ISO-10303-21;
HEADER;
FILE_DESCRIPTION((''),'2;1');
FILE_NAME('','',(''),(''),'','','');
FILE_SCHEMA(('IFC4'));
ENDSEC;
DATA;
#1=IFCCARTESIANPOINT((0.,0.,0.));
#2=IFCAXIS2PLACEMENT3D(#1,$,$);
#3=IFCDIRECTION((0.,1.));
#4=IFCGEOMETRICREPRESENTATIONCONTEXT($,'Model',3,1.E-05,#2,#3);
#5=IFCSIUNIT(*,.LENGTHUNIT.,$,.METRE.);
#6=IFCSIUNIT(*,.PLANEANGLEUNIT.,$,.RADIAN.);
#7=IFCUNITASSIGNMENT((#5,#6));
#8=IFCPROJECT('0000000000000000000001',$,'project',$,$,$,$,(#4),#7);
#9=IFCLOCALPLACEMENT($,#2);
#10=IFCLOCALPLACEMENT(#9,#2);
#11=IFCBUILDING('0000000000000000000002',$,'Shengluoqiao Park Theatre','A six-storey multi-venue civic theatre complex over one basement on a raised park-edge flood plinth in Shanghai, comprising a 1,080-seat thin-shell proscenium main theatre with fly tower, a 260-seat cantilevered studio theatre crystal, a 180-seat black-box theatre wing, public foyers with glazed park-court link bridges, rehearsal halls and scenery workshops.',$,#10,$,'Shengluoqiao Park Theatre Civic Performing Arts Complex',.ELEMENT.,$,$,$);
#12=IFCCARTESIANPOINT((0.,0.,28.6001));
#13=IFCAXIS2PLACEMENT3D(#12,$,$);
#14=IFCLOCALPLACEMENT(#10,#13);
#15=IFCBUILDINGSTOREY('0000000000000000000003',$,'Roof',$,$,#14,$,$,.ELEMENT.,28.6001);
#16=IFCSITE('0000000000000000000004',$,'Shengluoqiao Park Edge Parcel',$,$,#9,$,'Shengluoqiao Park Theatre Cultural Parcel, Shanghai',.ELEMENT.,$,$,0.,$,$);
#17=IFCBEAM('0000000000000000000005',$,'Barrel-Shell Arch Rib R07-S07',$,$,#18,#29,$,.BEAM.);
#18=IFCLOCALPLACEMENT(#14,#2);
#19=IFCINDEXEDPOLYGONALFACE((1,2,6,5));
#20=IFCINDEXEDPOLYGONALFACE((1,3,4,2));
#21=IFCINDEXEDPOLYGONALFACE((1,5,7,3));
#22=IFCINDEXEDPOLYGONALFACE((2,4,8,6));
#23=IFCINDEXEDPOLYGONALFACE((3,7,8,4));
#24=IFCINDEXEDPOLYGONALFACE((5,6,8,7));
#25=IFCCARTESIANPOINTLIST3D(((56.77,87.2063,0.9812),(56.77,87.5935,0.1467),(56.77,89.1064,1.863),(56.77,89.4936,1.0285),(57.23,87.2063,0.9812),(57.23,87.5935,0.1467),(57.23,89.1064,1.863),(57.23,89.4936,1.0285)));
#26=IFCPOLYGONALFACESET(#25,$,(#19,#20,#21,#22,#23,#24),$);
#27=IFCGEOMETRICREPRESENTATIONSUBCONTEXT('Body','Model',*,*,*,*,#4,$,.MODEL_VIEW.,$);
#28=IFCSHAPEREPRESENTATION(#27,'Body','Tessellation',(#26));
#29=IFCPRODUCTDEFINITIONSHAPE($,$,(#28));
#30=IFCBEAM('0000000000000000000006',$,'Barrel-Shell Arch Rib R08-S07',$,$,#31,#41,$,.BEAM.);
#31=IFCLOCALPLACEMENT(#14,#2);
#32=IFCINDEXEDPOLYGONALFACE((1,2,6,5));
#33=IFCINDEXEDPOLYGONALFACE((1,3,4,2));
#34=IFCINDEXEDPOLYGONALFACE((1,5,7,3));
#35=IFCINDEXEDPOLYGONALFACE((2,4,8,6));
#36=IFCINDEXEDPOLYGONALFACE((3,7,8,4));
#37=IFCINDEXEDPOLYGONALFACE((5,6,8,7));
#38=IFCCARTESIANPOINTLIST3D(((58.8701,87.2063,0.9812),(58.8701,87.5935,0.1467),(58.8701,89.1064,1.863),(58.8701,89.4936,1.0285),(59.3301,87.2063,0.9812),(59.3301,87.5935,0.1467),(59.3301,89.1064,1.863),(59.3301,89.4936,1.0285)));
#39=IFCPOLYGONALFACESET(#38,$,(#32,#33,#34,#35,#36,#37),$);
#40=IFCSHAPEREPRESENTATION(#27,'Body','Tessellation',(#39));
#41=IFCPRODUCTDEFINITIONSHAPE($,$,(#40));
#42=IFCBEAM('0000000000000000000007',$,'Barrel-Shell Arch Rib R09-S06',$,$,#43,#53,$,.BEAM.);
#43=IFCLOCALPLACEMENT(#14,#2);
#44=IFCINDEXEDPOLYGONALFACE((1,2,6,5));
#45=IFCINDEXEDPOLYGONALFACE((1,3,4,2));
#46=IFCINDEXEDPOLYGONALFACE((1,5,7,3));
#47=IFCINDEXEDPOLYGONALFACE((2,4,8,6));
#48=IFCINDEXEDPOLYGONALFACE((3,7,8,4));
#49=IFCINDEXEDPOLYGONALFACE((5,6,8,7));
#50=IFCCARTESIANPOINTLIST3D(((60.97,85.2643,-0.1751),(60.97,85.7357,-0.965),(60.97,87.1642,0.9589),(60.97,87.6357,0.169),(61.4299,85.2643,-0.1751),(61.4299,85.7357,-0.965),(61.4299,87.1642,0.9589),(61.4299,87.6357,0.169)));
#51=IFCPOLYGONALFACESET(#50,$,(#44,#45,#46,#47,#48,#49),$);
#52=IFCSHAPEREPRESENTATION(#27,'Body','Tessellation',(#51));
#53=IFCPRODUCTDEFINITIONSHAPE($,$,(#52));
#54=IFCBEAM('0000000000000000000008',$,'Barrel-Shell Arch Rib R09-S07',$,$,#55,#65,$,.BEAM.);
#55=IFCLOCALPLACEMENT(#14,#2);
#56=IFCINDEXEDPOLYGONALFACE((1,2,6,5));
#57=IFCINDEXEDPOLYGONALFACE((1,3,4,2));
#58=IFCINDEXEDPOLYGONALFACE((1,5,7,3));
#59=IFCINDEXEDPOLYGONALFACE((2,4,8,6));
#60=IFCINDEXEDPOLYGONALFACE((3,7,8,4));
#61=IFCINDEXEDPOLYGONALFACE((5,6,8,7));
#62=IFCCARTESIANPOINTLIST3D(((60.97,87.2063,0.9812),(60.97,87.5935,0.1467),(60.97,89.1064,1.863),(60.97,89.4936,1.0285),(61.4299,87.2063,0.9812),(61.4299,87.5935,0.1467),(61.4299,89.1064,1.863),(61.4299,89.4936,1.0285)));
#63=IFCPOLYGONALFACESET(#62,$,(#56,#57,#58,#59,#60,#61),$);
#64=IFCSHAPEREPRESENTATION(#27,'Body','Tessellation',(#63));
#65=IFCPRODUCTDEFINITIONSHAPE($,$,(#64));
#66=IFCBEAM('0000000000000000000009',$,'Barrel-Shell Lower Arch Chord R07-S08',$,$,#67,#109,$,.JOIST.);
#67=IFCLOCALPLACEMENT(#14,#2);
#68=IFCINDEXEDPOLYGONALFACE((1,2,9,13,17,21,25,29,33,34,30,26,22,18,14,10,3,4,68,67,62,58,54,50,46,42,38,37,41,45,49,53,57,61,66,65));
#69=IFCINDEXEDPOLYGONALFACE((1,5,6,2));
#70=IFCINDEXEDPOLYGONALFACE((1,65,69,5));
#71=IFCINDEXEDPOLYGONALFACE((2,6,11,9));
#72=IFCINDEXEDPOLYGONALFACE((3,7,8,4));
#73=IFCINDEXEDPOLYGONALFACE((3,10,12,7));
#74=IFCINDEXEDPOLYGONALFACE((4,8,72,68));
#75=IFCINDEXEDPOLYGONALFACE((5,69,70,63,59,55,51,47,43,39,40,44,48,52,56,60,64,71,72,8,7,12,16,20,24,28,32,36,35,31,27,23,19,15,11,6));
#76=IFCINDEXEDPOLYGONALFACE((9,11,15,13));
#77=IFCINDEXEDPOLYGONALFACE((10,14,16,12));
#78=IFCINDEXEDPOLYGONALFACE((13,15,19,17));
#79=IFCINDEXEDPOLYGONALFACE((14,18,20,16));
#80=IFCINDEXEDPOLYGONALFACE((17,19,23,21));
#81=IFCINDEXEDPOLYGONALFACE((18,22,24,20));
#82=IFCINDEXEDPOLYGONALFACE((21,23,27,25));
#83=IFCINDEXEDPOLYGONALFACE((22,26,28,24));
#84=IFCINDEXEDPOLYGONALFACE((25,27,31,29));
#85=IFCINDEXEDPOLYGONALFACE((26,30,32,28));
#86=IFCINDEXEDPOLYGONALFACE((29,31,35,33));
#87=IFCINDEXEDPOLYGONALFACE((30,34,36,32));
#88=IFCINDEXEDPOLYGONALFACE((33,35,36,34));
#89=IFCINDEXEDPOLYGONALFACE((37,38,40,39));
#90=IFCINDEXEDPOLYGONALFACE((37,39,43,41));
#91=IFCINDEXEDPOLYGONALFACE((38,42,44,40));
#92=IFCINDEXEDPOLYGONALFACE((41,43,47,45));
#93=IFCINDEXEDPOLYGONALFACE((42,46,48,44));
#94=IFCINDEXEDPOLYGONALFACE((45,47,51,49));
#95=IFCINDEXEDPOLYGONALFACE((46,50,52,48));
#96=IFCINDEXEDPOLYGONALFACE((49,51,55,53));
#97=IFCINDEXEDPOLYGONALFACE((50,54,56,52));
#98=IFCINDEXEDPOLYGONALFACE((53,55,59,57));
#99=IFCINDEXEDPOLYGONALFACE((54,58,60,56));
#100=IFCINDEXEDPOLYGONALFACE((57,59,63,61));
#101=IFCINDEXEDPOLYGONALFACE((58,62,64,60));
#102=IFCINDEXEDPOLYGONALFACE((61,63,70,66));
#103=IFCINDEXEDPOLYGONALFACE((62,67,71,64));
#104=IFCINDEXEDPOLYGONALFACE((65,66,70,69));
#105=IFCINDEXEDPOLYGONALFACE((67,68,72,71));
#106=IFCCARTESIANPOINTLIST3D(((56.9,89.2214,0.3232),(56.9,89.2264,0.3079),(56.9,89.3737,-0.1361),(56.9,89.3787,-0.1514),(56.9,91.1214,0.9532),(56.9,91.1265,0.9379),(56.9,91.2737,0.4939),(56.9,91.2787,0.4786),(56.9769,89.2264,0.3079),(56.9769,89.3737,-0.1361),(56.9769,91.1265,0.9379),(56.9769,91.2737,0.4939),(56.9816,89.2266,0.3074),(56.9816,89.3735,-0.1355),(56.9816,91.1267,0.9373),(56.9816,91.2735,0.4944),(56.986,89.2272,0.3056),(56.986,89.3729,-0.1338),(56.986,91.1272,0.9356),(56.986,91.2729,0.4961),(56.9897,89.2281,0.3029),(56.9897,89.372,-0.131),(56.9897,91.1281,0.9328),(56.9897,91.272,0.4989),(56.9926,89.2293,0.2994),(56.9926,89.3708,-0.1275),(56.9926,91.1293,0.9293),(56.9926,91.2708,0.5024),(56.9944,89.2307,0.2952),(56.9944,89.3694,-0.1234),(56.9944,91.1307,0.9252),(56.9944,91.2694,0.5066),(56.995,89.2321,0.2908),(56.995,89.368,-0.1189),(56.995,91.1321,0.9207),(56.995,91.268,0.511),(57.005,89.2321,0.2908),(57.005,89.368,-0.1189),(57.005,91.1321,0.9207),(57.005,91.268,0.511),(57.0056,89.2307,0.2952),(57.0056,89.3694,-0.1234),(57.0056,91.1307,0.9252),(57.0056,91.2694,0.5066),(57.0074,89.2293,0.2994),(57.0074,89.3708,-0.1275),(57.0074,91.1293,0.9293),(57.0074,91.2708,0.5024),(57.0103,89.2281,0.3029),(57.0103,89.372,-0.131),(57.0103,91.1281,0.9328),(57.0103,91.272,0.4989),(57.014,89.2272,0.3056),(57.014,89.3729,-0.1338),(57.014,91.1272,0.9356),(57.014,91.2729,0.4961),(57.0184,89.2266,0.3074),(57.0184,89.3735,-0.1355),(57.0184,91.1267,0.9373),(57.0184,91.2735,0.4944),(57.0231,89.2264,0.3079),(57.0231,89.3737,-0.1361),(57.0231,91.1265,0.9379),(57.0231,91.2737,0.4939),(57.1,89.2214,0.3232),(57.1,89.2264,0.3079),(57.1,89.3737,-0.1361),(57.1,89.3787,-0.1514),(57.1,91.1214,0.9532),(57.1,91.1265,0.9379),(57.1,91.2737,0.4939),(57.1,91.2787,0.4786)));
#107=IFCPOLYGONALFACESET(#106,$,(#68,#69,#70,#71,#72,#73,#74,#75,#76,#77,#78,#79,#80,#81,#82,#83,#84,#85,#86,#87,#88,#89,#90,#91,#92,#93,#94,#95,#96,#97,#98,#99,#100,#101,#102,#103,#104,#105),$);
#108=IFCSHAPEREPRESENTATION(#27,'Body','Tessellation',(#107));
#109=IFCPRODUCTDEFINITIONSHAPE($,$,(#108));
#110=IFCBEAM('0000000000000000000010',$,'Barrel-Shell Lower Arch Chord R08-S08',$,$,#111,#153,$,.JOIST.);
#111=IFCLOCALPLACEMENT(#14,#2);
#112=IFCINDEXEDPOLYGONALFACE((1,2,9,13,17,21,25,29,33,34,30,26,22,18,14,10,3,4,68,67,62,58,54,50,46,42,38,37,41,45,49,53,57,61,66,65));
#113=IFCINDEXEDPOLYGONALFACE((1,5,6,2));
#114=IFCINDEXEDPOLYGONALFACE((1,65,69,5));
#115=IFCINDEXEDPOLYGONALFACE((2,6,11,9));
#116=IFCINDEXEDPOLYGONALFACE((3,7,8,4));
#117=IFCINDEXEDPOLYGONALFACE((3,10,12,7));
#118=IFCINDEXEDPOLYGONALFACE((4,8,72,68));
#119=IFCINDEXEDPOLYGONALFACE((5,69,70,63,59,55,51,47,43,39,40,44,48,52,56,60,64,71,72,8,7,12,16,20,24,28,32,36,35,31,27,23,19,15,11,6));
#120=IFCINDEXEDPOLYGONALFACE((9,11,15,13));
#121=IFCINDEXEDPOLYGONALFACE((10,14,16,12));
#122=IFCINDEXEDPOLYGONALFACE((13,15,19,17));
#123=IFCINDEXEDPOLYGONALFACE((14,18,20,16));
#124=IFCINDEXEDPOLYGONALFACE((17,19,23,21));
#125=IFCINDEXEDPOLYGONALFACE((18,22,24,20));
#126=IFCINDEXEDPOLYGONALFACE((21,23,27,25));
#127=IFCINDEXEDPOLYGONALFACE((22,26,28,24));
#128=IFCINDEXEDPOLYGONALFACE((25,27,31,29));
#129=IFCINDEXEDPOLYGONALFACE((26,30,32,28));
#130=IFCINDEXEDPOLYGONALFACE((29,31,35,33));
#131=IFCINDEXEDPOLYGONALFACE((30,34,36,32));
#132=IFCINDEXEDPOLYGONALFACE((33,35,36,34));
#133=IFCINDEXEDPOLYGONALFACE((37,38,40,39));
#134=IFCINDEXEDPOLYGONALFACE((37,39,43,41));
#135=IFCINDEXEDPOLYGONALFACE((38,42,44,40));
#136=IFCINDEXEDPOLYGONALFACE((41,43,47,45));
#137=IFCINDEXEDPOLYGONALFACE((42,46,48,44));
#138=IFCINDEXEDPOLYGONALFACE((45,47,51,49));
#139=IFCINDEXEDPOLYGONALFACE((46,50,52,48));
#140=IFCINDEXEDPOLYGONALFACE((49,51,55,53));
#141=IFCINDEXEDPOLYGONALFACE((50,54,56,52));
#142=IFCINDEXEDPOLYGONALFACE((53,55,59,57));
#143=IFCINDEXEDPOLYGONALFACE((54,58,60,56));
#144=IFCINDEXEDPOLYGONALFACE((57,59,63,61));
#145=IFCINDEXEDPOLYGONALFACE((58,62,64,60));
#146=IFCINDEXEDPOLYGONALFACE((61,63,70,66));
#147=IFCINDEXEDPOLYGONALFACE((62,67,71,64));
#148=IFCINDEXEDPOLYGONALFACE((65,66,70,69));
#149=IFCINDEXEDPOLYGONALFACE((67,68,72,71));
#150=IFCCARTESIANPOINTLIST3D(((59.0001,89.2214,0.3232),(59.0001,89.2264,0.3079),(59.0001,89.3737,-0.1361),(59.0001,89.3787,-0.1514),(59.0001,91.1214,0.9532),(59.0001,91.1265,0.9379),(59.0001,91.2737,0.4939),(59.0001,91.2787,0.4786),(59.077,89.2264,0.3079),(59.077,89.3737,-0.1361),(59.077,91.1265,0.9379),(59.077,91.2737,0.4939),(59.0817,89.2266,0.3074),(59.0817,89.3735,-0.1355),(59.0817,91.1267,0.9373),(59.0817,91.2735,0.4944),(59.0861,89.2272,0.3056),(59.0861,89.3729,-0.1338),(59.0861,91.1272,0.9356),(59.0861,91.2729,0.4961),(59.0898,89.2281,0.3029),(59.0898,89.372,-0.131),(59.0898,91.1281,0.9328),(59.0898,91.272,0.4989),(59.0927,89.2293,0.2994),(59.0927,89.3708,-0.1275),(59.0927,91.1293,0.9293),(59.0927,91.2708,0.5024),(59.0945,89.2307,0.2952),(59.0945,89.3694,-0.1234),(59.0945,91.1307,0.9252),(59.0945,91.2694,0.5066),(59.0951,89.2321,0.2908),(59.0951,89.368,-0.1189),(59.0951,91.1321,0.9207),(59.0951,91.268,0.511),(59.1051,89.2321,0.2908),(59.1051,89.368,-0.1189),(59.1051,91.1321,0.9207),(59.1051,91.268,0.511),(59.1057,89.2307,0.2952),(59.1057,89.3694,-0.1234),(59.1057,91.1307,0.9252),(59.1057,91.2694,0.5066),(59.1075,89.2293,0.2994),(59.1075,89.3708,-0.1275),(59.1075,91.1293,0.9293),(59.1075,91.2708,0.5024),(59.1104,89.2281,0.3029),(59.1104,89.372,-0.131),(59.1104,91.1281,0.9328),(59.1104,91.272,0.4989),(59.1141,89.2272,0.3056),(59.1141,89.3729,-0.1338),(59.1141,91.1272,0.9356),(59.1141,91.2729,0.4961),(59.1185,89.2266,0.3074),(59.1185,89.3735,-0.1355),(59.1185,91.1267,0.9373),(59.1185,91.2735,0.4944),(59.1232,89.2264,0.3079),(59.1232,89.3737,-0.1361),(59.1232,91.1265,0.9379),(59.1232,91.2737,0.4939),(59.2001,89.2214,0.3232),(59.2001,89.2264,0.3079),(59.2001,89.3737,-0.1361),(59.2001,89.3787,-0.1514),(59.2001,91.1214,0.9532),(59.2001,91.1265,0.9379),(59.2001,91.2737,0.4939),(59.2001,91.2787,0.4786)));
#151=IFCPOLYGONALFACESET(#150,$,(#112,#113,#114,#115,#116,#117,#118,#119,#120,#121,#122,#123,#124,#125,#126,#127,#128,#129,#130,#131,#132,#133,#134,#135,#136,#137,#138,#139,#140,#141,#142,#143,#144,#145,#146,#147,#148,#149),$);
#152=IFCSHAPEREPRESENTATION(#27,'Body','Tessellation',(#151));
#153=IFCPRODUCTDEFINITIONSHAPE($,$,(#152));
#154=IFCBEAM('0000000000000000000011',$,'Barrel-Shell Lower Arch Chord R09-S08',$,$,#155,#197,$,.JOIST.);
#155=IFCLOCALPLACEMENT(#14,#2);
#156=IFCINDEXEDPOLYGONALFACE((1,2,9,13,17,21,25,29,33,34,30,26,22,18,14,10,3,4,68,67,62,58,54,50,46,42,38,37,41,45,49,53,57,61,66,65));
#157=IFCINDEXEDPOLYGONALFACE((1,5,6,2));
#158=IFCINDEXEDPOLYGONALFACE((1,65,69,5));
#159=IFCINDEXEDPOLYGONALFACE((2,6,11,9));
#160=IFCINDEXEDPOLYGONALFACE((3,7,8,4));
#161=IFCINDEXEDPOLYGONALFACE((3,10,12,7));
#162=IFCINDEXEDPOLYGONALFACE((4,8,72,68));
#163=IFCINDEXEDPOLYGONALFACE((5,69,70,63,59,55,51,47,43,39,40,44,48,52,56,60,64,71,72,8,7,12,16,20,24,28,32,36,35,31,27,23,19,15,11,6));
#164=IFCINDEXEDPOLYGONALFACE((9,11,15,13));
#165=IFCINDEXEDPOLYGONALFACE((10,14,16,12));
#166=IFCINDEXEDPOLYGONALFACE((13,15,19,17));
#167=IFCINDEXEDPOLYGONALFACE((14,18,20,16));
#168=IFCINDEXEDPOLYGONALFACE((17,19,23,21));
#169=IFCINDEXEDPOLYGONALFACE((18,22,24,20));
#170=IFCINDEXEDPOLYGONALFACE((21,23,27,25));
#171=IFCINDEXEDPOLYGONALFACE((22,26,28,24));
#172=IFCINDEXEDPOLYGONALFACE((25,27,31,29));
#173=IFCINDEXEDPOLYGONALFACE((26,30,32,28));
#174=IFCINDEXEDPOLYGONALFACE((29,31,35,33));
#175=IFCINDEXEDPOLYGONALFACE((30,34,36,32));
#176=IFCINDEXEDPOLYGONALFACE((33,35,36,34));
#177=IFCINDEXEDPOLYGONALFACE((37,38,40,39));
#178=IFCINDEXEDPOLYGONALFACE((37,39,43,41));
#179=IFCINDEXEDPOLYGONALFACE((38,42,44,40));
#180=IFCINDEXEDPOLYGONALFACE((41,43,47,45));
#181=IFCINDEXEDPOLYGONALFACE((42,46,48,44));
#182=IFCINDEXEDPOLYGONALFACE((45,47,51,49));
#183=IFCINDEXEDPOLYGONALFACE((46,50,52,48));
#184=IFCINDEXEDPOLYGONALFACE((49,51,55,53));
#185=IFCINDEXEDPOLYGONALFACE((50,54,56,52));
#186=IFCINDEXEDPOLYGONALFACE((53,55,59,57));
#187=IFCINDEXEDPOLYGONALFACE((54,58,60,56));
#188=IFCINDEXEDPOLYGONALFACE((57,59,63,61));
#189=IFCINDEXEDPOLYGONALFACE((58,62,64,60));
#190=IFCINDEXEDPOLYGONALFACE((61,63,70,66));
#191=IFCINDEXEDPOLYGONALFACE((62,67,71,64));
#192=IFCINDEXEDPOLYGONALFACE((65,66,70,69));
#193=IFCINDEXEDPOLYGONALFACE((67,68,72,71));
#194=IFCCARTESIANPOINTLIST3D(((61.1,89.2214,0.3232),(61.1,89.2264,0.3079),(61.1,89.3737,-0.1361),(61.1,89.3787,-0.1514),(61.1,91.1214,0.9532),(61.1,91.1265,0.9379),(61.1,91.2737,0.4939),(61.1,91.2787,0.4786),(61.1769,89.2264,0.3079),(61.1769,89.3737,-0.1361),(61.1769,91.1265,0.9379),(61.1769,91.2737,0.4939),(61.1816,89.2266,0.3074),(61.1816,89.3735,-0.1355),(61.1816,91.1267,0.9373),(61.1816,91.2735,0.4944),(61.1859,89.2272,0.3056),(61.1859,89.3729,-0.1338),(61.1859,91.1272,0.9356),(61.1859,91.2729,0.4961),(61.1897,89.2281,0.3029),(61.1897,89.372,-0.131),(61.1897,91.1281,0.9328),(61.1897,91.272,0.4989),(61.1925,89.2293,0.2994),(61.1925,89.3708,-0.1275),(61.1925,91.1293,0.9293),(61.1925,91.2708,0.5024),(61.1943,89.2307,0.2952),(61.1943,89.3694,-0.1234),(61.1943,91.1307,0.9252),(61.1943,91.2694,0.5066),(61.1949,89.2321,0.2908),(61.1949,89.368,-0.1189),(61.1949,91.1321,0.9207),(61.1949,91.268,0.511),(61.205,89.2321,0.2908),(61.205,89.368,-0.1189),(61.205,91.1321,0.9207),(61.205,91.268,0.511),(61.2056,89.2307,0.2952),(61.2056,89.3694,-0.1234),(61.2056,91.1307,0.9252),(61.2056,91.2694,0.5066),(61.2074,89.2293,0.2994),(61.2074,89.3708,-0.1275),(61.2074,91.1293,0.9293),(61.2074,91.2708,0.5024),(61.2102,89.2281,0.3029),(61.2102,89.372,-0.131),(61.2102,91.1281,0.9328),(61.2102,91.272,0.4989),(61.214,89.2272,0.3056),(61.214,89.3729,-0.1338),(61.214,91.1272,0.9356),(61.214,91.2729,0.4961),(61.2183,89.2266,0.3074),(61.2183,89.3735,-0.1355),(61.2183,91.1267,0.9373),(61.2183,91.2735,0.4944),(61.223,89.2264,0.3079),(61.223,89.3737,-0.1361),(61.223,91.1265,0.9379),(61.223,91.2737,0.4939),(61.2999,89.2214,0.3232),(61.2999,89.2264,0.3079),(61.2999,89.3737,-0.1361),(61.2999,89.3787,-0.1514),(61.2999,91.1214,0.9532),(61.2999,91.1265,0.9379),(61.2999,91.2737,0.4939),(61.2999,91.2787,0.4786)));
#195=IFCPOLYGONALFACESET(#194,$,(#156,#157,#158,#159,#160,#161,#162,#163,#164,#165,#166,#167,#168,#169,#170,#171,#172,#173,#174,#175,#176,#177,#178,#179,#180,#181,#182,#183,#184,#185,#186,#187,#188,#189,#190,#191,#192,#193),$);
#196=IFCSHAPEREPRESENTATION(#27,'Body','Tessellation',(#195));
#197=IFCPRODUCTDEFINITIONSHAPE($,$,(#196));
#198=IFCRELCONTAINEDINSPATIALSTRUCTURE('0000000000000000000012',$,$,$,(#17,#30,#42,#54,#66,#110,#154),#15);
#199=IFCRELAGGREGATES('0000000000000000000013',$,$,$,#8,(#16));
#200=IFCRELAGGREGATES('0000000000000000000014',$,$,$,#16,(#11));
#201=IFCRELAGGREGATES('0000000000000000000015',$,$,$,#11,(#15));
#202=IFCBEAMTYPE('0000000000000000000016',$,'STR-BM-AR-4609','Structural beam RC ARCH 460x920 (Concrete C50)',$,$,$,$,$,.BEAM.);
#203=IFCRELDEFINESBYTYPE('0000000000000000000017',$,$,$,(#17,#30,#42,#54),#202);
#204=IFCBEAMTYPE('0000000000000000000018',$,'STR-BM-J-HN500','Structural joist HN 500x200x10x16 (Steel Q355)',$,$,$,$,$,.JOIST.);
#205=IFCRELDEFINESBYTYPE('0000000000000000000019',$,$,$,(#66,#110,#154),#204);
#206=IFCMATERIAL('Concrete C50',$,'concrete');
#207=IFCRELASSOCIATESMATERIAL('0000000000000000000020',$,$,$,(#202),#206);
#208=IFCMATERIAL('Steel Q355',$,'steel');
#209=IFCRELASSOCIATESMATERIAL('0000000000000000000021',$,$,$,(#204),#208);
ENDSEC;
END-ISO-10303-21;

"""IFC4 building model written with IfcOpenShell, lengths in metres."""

from ifc_helpers import new_model, si_unit, direction, frame, origin, origin_2d, place, context, subcontext, project, spatial, rectangle, i_section, extrude, material, material_profile, profile_set, type_object, element, save


model = new_model("IFC4")

# Units and contexts
model_context = context("Model", 3, precision=1e-05, world=origin(), true_north=direction((0.0, 1.0)))
body_context = subcontext(model_context, "Body", "Model", "MODEL_VIEW")
ifc_project = project(units=[si_unit("LENGTHUNIT", "METRE"), si_unit("PLANEANGLEUNIT", "RADIAN")], contexts=[model_context])

# Site, building, storey
site_placement = place(None, origin())
site = spatial("IfcSite", under=ifc_project, at=site_placement, Name="Shengluoqiao Park Edge Parcel", LongName="Shengluoqiao Park Theatre Cultural Parcel, Shanghai", CompositionType="ELEMENT", RefElevation=0.0)
building_placement = place(site_placement, origin())
building = spatial("IfcBuilding", under=site, at=building_placement, Name="Shengluoqiao Park Theatre", Description="A six-storey multi-venue civic theatre complex over one basement on a raised park-edge flood plinth in Shanghai, comprising a 1,080-seat thin-shell proscenium main theatre with fly tower, a 260-seat cantilevered studio theatre crystal, a 180-seat black-box theatre wing, public foyers with glazed park-court link bridges, rehearsal halls and scenery workshops.", LongName="Shengluoqiao Park Theatre Civic Performing Arts Complex", CompositionType="ELEMENT")
storey_placement = place(building_placement, frame((0.0, 0.0, 28.6001)))
storey = spatial("IfcBuildingStorey", under=building, at=storey_placement, Name="Roof", CompositionType="ELEMENT", Elevation=28.6001)

# Beams
ifc_material_1 = material(Name="Concrete C50", Category="concrete")
ifc_material_profile_1 = material_profile(ifc_material_1, rectangle(XDim=0.46, YDim=0.9199, at=origin_2d()), Name="RC ARCH 460x920")
ifc_profile_set_1 = profile_set([ifc_material_profile_1], Name="Concrete C50")
beam_type_1 = type_object("IfcBeamType", Name="STR-BM-AR-4609", Description="Structural beam RC ARCH 460x920 (Concrete C50)", PredefinedType="BEAM", material=ifc_profile_set_1)
for number, where, z_axis, x_axis, name in (
    (1, (57.0, 87.3999, 0.564), (0.0, 0.907077, 0.420964), (-1.0, 0.0, 0.0), "Barrel-Shell Arch Rib R07-S07"),
    (2, (59.1001, 87.3999, 0.564), (0.0, 0.907077, 0.420964), (-1.0, 0.0, 0.0), "Barrel-Shell Arch Rib R08-S07"),
):
    element("IfcBeam", number, at=place(storey_placement, frame(where, z_axis=z_axis, x_axis=x_axis)), inside=storey, type_object=beam_type_1, Name=name, PredefinedType="BEAM", context=body_context, shape_type="SweptSolid", body=[
        extrude(rectangle(XDim=0.46, YDim=0.9199, at=origin_2d()), origin(), (0.0, 0.0, 1.0), 2.0947),
    ])
beam_1_placement = place(storey_placement, frame((61.2, 85.5, -0.5701), z_axis=(0.0, 0.858669, 0.512531), x_axis=(-1.0, 0.0, 0.0)))
element("IfcBeam", 3, at=beam_1_placement, inside=storey, type_object=beam_type_1, Name="Barrel-Shell Arch Rib R09-S06", PredefinedType="BEAM", context=body_context, shape_type="SweptSolid", body=[
    extrude(rectangle(XDim=0.46, YDim=0.9199, at=origin_2d()), origin(), (0.0, 0.0, 1.0), 2.2126),
])
beam_2_placement = place(storey_placement, frame((61.2, 87.3999, 0.564), z_axis=(0.0, 0.907077, 0.420964), x_axis=(-1.0, 0.0, 0.0)))
element("IfcBeam", 4, at=beam_2_placement, inside=storey, type_object=beam_type_1, Name="Barrel-Shell Arch Rib R09-S07", PredefinedType="BEAM", context=body_context, shape_type="SweptSolid", body=[
    extrude(rectangle(XDim=0.46, YDim=0.9199, at=origin_2d()), origin(), (0.0, 0.0, 1.0), 2.0947),
])
ifc_material_2 = material(Name="Steel Q355", Category="steel")
ifc_material_profile_2 = material_profile(ifc_material_2, i_section(OverallWidth=0.2, OverallDepth=0.5, WebThickness=0.01, FlangeThickness=0.0161, FilletRadius=0.0181, at=origin_2d()), Name="HN 500x200x10x16")
ifc_profile_set_2 = profile_set([ifc_material_profile_2], Name="Steel Q355")
beam_type_2 = type_object("IfcBeamType", Name="STR-BM-J-HN500", Description="Structural joist HN 500x200x10x16 (Steel Q355)", PredefinedType="JOIST", material=ifc_profile_set_2)
for number, where, z_axis, x_axis, name in (
    (5, (57.0, 89.3, 0.0859), (0.0, 0.949194, 0.31469), (-1.0, 0.0, 0.0), "Barrel-Shell Lower Arch Chord R07-S08"),
    (6, (59.1001, 89.3, 0.0859), (0.0, 0.949194, 0.31469), (-1.0, 0.0, 0.0), "Barrel-Shell Lower Arch Chord R08-S08"),
    (7, (61.2, 89.3, 0.0859), (0.0, 0.949194, 0.31469), (-1.0, 0.0, 0.0), "Barrel-Shell Lower Arch Chord R09-S08"),
):
    element("IfcBeam", number, at=place(storey_placement, frame(where, z_axis=z_axis, x_axis=x_axis)), inside=storey, type_object=beam_type_2, Name=name, PredefinedType="JOIST", context=body_context, shape_type="SweptSolid", body=[
        extrude(i_section(OverallWidth=0.2, OverallDepth=0.5, WebThickness=0.01, FlangeThickness=0.0161, FilletRadius=0.0181, at=origin_2d()), origin(), (0.0, 0.0, 1.0), 2.0017),
    ])

save(model, "model.ifc")
